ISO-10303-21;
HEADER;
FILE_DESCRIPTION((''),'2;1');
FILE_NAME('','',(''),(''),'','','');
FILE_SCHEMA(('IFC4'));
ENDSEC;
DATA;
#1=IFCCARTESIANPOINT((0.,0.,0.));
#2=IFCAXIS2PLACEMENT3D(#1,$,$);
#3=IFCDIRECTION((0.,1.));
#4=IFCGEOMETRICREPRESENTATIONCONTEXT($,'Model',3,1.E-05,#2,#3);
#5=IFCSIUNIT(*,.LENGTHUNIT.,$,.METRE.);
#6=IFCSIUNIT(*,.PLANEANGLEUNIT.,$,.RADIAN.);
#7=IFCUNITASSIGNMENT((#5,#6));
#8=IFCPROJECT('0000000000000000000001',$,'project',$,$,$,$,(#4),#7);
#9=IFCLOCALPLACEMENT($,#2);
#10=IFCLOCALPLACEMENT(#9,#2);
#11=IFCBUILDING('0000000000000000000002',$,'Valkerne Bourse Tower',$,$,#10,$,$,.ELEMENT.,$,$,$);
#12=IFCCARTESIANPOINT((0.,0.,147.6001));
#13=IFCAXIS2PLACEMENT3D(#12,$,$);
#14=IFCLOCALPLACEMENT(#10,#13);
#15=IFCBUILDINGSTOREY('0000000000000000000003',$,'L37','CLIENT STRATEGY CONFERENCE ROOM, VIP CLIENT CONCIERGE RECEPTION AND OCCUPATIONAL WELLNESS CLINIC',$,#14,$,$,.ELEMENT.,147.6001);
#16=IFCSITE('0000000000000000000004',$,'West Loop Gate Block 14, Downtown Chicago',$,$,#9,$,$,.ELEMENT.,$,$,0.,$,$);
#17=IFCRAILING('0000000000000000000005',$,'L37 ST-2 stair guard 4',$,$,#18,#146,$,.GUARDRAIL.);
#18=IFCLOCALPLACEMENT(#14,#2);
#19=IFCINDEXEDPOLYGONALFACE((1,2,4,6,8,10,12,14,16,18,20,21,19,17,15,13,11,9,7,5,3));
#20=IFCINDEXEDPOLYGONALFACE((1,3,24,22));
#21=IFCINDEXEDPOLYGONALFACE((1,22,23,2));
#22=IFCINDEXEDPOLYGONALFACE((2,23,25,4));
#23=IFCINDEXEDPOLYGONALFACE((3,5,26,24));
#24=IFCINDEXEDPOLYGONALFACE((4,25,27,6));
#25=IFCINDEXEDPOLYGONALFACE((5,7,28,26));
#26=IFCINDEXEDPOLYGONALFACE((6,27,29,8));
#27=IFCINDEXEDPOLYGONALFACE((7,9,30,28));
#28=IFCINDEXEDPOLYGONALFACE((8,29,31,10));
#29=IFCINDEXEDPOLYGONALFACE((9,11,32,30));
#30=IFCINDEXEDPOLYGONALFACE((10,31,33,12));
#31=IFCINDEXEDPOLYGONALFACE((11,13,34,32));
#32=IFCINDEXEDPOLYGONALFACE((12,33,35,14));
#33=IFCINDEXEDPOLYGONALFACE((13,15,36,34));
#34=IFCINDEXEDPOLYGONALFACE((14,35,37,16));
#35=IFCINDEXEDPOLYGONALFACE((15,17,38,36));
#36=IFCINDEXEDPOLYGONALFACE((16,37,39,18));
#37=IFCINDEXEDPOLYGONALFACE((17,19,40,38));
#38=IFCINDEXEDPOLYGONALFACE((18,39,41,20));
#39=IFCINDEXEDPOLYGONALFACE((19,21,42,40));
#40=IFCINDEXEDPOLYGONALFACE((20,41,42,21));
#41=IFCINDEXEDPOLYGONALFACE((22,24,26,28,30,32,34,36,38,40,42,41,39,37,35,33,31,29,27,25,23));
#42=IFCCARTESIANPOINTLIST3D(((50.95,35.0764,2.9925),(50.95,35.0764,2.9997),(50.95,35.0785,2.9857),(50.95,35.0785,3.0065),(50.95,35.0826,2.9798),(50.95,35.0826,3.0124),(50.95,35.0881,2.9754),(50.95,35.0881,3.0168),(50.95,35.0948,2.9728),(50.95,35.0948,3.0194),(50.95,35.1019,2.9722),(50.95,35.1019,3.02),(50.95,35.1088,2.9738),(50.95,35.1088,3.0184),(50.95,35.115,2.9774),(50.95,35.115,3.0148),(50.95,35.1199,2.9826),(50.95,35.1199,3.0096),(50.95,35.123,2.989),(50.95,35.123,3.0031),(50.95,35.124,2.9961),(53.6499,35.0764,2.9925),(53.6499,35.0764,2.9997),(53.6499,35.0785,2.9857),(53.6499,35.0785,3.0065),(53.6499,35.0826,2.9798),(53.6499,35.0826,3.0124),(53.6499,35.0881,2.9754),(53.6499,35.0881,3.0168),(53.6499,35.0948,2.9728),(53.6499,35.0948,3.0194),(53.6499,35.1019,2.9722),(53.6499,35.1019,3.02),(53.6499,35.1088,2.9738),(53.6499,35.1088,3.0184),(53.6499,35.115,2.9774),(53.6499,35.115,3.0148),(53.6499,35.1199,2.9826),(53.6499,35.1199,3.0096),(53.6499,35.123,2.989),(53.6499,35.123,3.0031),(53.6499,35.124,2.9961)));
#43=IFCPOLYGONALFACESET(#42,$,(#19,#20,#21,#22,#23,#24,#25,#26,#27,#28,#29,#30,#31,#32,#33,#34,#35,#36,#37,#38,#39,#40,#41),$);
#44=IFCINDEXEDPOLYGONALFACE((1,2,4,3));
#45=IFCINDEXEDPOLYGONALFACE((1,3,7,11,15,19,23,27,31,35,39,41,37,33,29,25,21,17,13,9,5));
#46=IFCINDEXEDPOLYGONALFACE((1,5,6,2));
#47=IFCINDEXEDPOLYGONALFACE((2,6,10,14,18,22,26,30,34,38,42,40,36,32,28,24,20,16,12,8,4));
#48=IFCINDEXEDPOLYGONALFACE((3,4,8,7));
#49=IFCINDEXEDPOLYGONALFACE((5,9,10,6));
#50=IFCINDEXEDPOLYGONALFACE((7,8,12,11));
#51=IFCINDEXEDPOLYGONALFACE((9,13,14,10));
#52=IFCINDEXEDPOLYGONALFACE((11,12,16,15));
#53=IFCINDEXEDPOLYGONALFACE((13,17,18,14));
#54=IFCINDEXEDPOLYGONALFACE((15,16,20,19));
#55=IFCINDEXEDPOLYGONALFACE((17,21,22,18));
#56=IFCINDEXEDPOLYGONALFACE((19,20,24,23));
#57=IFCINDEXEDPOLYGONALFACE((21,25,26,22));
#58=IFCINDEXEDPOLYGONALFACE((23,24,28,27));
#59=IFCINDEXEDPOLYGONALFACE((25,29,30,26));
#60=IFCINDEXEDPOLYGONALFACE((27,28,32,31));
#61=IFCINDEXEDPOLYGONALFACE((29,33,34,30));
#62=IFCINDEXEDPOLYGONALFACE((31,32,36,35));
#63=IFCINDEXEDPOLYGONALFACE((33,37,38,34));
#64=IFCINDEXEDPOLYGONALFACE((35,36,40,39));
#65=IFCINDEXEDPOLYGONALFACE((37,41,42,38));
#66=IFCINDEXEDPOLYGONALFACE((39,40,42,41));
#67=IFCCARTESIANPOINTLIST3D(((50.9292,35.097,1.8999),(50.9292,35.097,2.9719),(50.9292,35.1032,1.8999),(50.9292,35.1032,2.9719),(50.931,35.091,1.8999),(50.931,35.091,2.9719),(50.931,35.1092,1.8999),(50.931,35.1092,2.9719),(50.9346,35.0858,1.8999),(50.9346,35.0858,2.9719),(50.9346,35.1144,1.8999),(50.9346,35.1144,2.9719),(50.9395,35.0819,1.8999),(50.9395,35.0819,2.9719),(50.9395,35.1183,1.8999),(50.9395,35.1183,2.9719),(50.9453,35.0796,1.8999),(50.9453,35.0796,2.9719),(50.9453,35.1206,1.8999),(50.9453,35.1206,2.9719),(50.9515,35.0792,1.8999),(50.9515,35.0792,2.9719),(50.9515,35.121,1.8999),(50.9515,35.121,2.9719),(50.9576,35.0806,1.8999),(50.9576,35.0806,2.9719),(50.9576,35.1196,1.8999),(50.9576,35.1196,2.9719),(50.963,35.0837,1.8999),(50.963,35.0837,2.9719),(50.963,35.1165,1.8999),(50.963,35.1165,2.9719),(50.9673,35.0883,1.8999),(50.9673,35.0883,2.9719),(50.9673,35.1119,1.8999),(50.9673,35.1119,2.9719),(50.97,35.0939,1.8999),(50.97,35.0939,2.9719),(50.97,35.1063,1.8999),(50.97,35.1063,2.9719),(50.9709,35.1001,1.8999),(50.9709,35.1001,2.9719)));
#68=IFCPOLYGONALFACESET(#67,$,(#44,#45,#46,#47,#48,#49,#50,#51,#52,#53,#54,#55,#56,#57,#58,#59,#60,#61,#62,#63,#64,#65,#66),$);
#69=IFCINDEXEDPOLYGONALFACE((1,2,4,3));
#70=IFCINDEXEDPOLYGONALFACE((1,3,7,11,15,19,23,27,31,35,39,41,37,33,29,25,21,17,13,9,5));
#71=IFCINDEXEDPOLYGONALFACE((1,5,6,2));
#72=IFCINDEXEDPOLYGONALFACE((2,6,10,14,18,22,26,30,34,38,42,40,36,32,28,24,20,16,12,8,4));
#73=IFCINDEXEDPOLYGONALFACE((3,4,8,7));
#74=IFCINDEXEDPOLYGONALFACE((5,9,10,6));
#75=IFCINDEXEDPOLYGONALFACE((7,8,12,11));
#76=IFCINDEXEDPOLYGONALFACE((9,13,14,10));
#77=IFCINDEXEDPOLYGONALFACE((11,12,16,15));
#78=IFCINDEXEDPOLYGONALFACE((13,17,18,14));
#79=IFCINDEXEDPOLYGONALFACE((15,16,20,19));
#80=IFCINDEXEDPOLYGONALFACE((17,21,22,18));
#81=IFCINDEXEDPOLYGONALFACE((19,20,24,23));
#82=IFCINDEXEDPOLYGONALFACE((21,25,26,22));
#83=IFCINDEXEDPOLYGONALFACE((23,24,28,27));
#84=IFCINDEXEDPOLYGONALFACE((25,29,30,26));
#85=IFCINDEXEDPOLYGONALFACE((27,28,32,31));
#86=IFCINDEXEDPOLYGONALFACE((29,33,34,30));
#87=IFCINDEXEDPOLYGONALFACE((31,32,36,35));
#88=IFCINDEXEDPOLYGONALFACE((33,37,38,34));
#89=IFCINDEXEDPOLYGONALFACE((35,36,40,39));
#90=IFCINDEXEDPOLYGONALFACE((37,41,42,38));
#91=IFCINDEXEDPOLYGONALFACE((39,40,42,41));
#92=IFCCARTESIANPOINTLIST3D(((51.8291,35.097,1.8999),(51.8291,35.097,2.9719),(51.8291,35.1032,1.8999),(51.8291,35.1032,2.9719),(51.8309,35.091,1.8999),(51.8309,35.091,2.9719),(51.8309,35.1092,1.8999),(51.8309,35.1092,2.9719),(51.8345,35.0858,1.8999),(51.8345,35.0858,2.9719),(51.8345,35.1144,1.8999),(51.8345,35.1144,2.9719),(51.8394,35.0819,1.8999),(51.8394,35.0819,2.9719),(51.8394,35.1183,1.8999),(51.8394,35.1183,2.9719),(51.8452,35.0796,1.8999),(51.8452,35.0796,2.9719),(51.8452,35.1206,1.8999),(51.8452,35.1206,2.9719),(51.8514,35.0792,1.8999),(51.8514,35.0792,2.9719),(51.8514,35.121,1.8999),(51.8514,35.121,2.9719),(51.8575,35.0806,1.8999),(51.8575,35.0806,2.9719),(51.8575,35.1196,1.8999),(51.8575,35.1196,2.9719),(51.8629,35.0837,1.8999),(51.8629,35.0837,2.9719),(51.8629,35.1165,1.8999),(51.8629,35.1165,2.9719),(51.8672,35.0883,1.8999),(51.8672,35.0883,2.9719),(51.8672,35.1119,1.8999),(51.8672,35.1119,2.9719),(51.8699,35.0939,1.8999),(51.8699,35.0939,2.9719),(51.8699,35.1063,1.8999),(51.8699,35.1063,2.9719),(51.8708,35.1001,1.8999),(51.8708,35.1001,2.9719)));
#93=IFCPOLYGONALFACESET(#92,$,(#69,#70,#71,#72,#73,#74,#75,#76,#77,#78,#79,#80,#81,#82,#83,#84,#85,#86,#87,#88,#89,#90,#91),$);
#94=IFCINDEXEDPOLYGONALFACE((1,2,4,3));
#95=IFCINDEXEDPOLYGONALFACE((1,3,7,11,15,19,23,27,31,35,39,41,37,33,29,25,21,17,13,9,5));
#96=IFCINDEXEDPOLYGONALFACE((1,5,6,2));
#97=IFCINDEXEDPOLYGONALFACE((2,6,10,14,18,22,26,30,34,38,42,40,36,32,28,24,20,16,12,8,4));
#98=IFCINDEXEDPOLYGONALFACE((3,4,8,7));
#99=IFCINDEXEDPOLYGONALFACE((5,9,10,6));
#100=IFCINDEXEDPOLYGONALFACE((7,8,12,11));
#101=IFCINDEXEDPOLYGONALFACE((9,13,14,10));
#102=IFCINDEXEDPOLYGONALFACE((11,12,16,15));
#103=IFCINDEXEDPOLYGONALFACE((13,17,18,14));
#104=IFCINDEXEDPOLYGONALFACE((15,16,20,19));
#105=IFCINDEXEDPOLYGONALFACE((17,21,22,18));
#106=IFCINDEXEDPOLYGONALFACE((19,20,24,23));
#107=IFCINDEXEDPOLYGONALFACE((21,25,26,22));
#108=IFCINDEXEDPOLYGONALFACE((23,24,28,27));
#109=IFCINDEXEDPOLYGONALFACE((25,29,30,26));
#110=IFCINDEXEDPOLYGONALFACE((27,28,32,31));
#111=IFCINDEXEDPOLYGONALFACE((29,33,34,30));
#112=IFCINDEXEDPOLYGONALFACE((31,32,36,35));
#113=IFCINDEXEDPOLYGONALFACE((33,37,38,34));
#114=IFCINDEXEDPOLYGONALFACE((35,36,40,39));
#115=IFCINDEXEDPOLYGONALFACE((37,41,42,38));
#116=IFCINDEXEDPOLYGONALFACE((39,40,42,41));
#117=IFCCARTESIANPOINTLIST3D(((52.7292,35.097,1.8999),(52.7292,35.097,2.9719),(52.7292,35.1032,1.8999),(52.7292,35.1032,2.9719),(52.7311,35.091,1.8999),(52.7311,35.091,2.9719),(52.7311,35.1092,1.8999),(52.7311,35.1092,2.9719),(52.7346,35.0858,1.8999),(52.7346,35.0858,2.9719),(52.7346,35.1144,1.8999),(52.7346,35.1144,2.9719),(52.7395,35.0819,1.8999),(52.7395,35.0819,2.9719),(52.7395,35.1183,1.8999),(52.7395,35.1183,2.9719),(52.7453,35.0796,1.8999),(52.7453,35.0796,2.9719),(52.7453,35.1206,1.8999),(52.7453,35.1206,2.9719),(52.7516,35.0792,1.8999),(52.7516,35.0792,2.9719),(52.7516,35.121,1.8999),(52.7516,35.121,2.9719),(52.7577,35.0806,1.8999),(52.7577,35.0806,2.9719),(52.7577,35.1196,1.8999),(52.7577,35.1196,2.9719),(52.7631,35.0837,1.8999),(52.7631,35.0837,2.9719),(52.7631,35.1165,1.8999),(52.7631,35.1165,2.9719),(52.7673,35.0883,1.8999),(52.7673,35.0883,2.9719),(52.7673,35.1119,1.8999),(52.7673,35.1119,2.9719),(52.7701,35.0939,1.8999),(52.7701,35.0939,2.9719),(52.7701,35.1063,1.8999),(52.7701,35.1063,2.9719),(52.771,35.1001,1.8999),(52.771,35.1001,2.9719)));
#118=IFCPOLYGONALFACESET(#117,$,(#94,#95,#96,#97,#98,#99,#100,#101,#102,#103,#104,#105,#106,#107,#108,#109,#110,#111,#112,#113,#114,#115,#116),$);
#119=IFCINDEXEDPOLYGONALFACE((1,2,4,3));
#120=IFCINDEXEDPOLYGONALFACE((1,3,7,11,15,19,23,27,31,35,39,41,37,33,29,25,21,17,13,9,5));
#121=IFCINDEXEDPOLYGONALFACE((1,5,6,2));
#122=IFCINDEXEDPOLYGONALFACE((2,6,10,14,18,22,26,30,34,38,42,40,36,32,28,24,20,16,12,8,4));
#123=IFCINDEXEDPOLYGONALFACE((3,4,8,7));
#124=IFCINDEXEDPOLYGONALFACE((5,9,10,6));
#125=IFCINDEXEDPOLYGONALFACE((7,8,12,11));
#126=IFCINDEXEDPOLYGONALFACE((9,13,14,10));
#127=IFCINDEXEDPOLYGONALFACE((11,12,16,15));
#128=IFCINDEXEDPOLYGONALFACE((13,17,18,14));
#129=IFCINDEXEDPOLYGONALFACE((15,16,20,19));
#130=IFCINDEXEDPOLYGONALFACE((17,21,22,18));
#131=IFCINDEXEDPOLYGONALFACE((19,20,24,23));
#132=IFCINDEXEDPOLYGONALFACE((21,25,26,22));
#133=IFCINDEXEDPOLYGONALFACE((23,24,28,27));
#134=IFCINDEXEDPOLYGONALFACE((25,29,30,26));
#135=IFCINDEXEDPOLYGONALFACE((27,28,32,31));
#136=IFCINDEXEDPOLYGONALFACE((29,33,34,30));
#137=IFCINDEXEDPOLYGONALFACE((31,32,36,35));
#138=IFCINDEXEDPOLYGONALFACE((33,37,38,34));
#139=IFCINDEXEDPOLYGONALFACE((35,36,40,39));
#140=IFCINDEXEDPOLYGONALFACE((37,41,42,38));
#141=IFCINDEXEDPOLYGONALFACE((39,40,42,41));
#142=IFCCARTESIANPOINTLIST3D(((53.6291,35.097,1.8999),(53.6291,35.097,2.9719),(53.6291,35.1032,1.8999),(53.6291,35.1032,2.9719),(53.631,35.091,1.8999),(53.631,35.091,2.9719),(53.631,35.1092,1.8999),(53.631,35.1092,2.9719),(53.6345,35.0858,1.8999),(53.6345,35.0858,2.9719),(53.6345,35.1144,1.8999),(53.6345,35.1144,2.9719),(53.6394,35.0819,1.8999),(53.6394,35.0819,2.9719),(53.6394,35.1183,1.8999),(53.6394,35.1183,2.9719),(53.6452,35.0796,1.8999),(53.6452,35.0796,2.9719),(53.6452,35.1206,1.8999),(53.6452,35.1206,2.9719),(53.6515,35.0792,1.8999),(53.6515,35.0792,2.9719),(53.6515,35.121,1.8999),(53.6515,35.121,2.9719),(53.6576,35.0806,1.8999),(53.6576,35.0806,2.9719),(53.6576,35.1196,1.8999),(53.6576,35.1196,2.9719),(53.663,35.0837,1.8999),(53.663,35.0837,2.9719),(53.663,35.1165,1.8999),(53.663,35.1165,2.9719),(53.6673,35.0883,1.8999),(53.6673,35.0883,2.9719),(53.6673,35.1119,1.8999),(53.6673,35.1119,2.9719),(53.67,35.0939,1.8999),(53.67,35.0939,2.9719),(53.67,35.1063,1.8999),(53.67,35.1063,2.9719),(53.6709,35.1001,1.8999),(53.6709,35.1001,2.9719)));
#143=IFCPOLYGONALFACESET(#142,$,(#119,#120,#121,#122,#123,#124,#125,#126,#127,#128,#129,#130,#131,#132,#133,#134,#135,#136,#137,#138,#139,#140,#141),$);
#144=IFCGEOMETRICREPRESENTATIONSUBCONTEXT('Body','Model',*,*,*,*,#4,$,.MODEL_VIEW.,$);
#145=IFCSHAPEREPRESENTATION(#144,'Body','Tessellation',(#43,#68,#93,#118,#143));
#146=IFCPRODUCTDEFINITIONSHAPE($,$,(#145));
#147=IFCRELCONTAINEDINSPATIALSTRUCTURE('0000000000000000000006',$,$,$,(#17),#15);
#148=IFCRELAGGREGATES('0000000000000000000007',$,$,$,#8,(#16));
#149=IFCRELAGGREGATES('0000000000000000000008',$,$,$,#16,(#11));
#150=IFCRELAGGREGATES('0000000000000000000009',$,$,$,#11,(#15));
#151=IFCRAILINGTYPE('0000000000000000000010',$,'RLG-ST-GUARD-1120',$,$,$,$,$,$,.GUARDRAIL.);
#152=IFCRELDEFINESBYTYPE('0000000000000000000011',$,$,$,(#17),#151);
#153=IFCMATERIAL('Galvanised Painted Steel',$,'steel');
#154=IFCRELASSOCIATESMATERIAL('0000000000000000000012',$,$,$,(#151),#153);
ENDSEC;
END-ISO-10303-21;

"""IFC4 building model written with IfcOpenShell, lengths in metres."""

from ifc_helpers import new_model, si_unit, direction, frame, origin, origin_2d, place, context, subcontext, project, spatial, circle, extrude, material, type_object, element, save


model = new_model("IFC4")

# Units and contexts
model_context = context("Model", 3, precision=1e-05, world=origin(), true_north=direction((0.0, 1.0)))
body_context = subcontext(model_context, "Body", "Model", "MODEL_VIEW")
ifc_project = project(units=[si_unit("LENGTHUNIT", "METRE"), si_unit("PLANEANGLEUNIT", "RADIAN")], contexts=[model_context])

# Site, building, storey
site_placement = place(None, origin())
site = spatial("IfcSite", under=ifc_project, at=site_placement, Name="West Loop Gate Block 14, Downtown Chicago", CompositionType="ELEMENT", RefElevation=0.0)
building_placement = place(site_placement, origin())
building = spatial("IfcBuilding", under=site, at=building_placement, Name="Valkerne Bourse Tower", CompositionType="ELEMENT")
storey_placement = place(building_placement, frame((0.0, 0.0, 147.6001)))
storey = spatial("IfcBuildingStorey", under=building, at=storey_placement, Name="L37", Description="CLIENT STRATEGY CONFERENCE ROOM, VIP CLIENT CONCIERGE RECEPTION AND OCCUPATIONAL WELLNESS CLINIC", CompositionType="ELEMENT", Elevation=147.6001)

# Shared definitions
ifc_material_1 = material(Name="Galvanised Painted Steel", Category="steel")

# Railing
railing_type_1 = type_object("IfcRailingType", Name="RLG-ST-GUARD-1120", PredefinedType="GUARDRAIL", material=ifc_material_1)
for number, where, name in (
    (1, (50.95, 35.1001, 1.8999), "L37 ST-2 stair guard 4"),
):
    element("IfcRailing", number, at=place(storey_placement, frame(where)), inside=storey, type_object=railing_type_1, Name=name, PredefinedType="GUARDRAIL", context=body_context, shape_type="SweptSolid", body=[
        extrude(circle(Radius=0.0239, at=origin_2d()), frame((0.0, 0.0, 1.0962), z_axis=(1.0, 0.0, 0.0), x_axis=(0.0, 1.0, 0.0)), (0.0, 0.0, 1.0), 2.7),
        extrude(circle(Radius=0.021, at=origin_2d()), origin(), (0.0, 0.0, 1.0), 1.072),
        extrude(circle(Radius=0.021, at=origin_2d()), frame((0.8999, 0.0, 0.0)), (0.0, 0.0, 1.0), 1.072),
        extrude(circle(Radius=0.021, at=origin_2d()), frame((1.8, 0.0, 0.0)), (0.0, 0.0, 1.0), 1.072),
        extrude(circle(Radius=0.021, at=origin_2d()), frame((2.7, 0.0, 0.0)), (0.0, 0.0, 1.0), 1.072),
    ])

save(model, "model.ifc")
